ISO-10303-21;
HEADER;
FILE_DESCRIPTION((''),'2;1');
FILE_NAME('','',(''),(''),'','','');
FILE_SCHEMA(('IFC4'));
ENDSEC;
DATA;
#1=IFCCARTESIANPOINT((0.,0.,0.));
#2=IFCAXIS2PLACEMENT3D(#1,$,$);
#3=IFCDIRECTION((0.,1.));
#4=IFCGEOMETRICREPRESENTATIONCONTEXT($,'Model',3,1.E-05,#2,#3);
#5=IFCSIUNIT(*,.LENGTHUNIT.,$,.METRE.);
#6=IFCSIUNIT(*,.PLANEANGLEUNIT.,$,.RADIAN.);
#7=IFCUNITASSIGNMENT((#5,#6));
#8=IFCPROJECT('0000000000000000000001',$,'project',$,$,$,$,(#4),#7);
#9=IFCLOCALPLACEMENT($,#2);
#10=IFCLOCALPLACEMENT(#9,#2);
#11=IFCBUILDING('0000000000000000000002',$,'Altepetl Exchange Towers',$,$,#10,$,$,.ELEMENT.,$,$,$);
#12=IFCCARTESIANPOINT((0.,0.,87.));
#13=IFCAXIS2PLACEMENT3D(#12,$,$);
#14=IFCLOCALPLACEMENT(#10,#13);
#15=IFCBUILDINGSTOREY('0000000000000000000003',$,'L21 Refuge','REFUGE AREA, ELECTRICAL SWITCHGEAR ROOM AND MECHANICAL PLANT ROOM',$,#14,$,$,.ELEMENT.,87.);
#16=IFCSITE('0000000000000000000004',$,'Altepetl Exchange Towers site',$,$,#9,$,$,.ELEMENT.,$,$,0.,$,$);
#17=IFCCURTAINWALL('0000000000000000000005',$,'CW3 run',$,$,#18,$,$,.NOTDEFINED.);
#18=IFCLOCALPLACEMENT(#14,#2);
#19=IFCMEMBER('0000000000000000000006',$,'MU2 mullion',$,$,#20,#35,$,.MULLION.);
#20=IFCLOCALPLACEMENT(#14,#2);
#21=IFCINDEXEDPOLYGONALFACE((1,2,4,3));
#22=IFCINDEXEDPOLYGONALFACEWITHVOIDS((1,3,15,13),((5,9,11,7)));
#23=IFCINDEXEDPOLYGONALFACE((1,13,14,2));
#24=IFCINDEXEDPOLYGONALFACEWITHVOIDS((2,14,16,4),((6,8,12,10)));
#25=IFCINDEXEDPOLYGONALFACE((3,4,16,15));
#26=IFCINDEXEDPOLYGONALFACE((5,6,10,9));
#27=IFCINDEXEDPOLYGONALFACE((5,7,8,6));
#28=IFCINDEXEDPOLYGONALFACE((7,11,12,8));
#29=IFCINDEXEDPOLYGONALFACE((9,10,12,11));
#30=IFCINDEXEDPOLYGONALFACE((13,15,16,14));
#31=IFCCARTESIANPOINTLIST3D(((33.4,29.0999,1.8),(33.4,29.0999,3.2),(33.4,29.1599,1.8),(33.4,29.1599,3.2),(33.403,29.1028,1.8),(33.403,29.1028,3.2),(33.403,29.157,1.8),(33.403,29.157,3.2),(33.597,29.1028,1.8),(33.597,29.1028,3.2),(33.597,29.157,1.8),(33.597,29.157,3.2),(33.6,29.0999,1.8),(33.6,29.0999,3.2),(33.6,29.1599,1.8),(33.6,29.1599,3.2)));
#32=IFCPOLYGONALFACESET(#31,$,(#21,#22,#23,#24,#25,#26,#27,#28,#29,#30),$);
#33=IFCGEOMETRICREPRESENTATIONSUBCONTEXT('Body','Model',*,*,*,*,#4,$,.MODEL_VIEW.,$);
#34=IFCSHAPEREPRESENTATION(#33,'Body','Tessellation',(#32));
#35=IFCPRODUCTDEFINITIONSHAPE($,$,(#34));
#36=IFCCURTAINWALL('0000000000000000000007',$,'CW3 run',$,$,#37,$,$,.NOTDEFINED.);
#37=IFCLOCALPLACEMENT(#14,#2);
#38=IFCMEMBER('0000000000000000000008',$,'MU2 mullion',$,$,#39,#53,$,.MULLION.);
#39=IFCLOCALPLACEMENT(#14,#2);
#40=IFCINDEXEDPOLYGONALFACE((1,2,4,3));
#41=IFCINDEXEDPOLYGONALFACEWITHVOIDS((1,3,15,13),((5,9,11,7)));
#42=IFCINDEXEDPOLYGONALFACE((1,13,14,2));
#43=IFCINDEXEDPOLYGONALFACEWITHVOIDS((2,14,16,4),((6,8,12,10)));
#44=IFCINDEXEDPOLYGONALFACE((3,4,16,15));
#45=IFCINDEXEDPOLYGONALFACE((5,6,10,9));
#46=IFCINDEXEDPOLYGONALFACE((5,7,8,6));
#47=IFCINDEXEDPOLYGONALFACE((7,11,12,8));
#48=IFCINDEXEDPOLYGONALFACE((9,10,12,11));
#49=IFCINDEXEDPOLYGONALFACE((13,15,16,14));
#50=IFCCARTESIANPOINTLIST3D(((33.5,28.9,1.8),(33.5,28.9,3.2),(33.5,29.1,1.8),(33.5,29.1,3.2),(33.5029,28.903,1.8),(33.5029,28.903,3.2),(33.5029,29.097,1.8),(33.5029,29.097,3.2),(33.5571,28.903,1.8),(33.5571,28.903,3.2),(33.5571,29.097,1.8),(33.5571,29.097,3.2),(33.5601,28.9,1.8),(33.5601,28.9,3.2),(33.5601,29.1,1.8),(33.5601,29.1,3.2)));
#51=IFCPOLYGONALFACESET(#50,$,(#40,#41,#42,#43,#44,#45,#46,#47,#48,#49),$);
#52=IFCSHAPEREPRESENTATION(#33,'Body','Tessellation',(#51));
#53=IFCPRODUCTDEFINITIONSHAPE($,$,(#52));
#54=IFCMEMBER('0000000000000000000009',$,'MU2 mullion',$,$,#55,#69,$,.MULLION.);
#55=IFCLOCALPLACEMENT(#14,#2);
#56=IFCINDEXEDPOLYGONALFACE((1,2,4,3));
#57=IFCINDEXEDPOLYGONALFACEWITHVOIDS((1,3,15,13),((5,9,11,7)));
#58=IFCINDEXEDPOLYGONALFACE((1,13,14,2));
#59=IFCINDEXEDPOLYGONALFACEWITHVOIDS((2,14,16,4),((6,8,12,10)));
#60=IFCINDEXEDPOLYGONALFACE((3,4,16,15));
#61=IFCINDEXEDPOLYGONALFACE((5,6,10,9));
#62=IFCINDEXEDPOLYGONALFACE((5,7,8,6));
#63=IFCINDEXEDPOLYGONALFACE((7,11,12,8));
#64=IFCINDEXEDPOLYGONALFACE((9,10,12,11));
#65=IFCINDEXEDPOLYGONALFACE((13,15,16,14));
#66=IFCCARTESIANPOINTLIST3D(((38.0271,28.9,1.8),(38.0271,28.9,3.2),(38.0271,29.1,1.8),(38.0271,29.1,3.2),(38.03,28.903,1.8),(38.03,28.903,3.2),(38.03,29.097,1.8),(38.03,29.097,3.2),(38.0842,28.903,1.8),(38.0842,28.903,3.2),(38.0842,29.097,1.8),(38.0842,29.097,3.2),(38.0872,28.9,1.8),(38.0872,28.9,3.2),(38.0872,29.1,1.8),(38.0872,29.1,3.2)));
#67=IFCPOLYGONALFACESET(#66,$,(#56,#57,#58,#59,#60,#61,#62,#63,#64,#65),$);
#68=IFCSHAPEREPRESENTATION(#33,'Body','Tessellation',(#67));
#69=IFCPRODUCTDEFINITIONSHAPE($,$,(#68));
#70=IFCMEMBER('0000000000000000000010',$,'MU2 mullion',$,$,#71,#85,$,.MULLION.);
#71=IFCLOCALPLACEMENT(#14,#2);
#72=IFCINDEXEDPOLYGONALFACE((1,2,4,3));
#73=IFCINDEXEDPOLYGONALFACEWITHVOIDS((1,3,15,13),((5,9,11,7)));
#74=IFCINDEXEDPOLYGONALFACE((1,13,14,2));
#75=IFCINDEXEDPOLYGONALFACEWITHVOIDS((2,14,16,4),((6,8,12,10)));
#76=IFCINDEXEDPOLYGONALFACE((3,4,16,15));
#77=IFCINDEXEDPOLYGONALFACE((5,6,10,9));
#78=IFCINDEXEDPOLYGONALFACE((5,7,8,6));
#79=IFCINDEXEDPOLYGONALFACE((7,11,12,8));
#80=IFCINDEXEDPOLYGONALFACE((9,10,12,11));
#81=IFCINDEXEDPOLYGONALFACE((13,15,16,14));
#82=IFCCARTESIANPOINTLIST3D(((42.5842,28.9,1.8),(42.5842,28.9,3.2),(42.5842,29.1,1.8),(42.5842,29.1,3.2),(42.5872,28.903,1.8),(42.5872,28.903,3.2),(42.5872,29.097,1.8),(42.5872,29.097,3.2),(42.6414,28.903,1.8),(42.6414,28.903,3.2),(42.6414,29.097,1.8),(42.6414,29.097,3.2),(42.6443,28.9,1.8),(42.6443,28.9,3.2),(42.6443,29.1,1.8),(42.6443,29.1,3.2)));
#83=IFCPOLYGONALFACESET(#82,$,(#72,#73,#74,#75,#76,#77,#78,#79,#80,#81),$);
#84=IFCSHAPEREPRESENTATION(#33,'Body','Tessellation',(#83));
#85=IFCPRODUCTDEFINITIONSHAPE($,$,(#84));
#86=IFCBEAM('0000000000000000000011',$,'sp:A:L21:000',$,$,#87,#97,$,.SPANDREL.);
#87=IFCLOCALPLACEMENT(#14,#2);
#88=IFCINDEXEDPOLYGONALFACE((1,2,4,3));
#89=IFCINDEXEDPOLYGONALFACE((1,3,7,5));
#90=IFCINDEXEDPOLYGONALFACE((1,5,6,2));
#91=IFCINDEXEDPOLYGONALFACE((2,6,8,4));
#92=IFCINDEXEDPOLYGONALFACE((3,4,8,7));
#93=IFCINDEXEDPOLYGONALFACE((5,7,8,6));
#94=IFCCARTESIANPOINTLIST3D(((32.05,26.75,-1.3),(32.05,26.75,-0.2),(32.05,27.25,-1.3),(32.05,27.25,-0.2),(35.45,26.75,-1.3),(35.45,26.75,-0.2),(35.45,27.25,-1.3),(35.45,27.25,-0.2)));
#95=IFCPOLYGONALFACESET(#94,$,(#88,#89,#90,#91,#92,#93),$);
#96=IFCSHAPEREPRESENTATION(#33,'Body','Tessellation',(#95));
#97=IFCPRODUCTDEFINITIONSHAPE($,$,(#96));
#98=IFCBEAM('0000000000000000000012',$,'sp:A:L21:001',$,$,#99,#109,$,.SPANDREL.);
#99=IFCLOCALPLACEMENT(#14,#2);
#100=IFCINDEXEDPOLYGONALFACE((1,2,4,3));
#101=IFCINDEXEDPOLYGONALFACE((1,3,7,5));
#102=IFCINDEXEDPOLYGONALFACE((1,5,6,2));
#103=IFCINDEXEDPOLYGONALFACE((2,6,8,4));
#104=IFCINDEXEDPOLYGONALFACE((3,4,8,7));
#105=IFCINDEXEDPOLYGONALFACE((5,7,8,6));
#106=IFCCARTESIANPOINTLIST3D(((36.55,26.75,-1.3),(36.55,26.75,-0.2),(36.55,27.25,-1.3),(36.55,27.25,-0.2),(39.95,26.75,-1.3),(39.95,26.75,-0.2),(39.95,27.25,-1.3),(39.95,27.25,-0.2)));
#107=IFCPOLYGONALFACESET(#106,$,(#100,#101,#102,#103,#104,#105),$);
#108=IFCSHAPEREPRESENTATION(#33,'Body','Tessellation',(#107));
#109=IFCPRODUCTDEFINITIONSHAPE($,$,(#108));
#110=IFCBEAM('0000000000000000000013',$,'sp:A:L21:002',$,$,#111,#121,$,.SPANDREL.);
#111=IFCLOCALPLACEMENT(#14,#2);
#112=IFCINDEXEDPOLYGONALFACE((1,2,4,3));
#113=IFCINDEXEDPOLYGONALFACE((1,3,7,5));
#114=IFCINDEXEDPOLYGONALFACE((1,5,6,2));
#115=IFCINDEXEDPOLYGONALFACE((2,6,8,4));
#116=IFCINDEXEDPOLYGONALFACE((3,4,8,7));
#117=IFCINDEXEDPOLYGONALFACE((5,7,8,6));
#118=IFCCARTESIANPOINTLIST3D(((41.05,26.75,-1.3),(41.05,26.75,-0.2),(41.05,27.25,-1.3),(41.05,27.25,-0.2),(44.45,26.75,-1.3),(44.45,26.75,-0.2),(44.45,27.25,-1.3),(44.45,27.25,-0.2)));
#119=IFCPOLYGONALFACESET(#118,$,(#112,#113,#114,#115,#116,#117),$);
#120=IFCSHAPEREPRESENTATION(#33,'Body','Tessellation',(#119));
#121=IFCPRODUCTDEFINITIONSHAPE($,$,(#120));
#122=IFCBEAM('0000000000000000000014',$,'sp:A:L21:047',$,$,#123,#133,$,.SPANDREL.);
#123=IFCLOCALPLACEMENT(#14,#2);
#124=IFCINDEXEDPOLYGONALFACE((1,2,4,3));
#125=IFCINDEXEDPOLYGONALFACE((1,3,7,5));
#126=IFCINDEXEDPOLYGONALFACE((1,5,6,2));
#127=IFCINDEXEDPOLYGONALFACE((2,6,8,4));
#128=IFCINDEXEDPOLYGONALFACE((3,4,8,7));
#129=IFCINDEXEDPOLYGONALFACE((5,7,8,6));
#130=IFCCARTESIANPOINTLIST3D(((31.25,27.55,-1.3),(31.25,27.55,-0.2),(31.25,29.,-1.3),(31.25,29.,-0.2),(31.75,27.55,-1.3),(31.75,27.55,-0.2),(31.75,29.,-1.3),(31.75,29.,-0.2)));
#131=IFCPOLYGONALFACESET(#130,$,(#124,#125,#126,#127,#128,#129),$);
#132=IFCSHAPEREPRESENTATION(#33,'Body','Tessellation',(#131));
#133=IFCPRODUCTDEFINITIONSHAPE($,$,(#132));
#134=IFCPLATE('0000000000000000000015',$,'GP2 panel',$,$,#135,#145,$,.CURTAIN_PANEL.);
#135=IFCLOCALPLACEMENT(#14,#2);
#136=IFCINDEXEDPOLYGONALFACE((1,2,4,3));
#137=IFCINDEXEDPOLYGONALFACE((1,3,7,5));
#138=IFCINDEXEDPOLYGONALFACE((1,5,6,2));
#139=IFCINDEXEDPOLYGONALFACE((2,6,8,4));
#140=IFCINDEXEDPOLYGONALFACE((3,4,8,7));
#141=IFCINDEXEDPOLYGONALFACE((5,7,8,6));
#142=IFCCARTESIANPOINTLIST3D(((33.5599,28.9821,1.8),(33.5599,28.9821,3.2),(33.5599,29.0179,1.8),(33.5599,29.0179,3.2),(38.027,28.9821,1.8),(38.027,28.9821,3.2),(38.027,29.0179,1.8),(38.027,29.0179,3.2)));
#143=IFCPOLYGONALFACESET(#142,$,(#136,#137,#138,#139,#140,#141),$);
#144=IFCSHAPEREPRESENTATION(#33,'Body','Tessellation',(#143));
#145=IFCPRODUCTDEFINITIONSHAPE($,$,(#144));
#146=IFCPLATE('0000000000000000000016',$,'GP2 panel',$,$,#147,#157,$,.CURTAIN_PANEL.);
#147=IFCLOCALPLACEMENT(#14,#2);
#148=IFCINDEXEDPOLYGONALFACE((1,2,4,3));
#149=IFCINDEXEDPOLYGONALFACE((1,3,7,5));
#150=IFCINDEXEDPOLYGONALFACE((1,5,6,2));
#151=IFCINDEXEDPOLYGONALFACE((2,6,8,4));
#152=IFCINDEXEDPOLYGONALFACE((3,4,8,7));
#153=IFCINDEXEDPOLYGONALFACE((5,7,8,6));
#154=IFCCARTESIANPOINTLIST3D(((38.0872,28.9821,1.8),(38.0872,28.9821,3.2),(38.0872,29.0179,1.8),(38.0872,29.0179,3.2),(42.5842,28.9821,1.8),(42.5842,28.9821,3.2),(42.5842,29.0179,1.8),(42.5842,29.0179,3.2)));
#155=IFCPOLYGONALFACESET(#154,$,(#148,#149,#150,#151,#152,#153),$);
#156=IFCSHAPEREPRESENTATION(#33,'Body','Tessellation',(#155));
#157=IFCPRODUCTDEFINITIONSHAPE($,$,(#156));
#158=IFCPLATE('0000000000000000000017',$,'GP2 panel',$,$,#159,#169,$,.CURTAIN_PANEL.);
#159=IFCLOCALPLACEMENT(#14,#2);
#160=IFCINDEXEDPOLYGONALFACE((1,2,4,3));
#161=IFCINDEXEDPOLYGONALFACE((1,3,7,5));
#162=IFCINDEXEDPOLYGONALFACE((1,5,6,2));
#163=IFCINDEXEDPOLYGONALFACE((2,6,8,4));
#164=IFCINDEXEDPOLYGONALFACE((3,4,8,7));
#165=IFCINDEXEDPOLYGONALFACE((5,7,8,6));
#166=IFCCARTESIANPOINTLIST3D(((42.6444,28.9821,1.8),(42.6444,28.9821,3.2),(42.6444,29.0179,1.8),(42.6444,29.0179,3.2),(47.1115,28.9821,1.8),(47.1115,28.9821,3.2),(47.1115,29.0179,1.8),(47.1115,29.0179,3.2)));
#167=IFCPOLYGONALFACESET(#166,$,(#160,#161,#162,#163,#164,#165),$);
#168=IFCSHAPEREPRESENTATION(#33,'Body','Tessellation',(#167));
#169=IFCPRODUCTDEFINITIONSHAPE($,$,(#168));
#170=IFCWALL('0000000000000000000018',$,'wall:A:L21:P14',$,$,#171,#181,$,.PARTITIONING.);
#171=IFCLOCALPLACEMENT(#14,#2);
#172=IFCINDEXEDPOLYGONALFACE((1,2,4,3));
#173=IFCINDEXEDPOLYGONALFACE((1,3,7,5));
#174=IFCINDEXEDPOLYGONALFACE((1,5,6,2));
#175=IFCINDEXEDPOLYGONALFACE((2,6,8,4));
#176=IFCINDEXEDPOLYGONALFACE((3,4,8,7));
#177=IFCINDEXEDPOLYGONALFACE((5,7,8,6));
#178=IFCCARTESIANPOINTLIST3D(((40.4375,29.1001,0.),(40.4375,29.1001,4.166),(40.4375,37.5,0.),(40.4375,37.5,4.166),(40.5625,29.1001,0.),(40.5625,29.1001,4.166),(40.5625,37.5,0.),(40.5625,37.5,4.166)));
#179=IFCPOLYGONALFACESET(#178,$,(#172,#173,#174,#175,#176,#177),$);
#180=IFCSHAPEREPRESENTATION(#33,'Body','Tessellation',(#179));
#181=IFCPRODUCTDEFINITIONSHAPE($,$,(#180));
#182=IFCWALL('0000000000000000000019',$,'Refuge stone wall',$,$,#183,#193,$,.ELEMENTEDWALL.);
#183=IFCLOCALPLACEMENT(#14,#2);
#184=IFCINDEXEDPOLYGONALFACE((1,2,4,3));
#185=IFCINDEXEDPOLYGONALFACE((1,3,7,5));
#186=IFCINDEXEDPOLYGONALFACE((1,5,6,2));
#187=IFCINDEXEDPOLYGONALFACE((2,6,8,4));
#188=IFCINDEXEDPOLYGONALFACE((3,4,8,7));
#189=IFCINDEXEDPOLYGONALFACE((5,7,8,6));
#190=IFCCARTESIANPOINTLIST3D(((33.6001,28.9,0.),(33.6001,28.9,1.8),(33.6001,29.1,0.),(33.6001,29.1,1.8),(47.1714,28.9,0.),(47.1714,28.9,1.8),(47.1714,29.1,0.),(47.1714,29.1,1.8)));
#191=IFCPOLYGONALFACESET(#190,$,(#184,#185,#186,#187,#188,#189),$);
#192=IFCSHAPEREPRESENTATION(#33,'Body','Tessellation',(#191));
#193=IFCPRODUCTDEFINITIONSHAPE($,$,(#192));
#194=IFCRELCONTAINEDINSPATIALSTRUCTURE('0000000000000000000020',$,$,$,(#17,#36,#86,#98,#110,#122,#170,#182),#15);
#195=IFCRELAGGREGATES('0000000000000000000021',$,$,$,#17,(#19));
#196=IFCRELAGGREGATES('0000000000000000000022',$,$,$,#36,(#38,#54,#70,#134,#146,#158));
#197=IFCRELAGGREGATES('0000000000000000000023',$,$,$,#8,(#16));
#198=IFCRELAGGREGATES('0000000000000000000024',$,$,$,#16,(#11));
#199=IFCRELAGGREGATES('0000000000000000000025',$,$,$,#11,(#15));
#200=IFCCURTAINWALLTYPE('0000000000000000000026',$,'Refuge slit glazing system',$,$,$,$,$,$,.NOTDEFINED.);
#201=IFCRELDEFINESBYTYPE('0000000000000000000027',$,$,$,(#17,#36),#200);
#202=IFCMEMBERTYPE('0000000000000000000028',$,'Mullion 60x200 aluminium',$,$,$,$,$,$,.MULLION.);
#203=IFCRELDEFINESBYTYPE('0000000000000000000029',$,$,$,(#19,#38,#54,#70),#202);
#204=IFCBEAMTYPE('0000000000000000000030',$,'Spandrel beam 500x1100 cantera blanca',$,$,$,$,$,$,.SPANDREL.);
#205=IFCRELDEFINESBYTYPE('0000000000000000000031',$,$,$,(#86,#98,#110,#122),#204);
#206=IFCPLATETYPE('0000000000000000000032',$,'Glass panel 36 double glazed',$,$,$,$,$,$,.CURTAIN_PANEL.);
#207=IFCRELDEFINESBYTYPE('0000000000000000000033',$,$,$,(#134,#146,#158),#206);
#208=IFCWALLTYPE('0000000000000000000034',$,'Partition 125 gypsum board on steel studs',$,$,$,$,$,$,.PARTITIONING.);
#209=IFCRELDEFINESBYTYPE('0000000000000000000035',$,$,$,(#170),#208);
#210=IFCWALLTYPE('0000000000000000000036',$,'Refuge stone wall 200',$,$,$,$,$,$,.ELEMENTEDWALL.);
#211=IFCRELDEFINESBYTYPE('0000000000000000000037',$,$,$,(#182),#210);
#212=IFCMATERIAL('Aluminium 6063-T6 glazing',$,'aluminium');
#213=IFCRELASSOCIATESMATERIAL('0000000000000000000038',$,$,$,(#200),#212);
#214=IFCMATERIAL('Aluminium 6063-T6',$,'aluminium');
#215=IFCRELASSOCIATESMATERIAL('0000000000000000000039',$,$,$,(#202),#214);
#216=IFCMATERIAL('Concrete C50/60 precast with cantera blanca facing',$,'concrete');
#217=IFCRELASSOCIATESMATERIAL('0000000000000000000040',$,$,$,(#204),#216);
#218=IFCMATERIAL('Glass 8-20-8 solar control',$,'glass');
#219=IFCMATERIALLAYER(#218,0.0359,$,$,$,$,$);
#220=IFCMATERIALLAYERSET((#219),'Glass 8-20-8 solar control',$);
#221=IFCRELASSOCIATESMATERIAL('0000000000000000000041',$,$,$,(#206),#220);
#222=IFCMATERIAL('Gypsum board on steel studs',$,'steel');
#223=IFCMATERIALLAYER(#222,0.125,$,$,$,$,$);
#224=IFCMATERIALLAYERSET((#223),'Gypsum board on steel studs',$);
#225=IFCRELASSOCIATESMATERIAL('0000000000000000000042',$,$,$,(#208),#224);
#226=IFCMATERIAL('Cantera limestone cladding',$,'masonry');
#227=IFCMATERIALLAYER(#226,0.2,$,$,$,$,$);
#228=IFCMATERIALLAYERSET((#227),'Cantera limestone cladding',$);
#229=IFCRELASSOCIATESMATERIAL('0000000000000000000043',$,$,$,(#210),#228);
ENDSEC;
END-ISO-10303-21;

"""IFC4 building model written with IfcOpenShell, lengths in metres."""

from ifc_helpers import new_model, si_unit, direction, frame, frame_2d, origin, origin_2d, place, context, subcontext, project, spatial, rectangle, hollow_rectangle, extrude, material, layer, layer_set, material_profile, profile_set, type_object, element, aggregate, save


model = new_model("IFC4")

# Units and contexts
model_context = context("Model", 3, precision=1e-05, world=origin(), true_north=direction((0.0, 1.0)))
body_context = subcontext(model_context, "Body", "Model", "MODEL_VIEW")
ifc_project = project(units=[si_unit("LENGTHUNIT", "METRE"), si_unit("PLANEANGLEUNIT", "RADIAN")], contexts=[model_context])

# Site, building, storey
site_placement = place(None, origin())
site = spatial("IfcSite", under=ifc_project, at=site_placement, Name="Altepetl Exchange Towers site", CompositionType="ELEMENT", RefElevation=0.0)
building_placement = place(site_placement, origin())
building = spatial("IfcBuilding", under=site, at=building_placement, Name="Altepetl Exchange Towers", CompositionType="ELEMENT")
storey_placement = place(building_placement, frame((0.0, 0.0, 87.0)))
storey = spatial("IfcBuildingStorey", under=building, at=storey_placement, Name="L21 Refuge", Description="REFUGE AREA, ELECTRICAL SWITCHGEAR ROOM AND MECHANICAL PLANT ROOM", CompositionType="ELEMENT", Elevation=87.0)

# Curtain wall, member
ifc_material_1 = material(Name="Aluminium 6063-T6 glazing", Category="aluminium")
curtain_wall_type = type_object("IfcCurtainWallType", Name="Refuge slit glazing system", PredefinedType="NOTDEFINED", material=ifc_material_1)
curtain_wall_1_placement = place(storey_placement, origin())
curtain_wall_1 = element("IfcCurtainWall", 1, at=curtain_wall_1_placement, inside=storey, type_object=curtain_wall_type, Name="CW3 run", PredefinedType="NOTDEFINED")
ifc_material_2 = material(Name="Aluminium 6063-T6", Category="aluminium")
ifc_material_profile_1 = material_profile(ifc_material_2, hollow_rectangle(XDim=0.0601, YDim=0.2, WallThickness=0.0029, at=origin_2d()), Name="Mullion 60x200 aluminium")
ifc_profile_set_1 = profile_set([ifc_material_profile_1], Name="Aluminium 6063-T6")
member_type_1 = type_object("IfcMemberType", Name="Mullion 60x200 aluminium", PredefinedType="MULLION", material=ifc_profile_set_1)
member_1_placement = place(storey_placement, frame((33.5, 29.1299, 1.8), z_axis=(0.0, 0.0, 1.0), x_axis=(0.0, -1.0, 0.0)))
member_1 = element("IfcMember", 2, at=member_1_placement, type_object=member_type_1, Name="MU2 mullion", PredefinedType="MULLION", context=body_context, shape_type="SweptSolid", body=[
    extrude(hollow_rectangle(XDim=0.0601, YDim=0.2, WallThickness=0.0029, at=origin_2d()), origin(), (0.0, 0.0, 1.0), 1.3999),
])
aggregate(curtain_wall_1, [member_1])

# Curtain wall, members
curtain_wall_2_placement = place(storey_placement, origin())
curtain_wall_2 = element("IfcCurtainWall", 3, at=curtain_wall_2_placement, inside=storey, type_object=curtain_wall_type, Name="CW3 run", PredefinedType="NOTDEFINED")
member_2_placement = place(storey_placement, frame((33.53, 29.0, 1.8)))
member_2 = element("IfcMember", 4, at=member_2_placement, type_object=member_type_1, Name="MU2 mullion", PredefinedType="MULLION", context=body_context, shape_type="SweptSolid", body=[
    extrude(hollow_rectangle(XDim=0.0601, YDim=0.2, WallThickness=0.0029, at=origin_2d()), origin(), (0.0, 0.0, 1.0), 1.3999),
])
member_3_placement = place(storey_placement, frame((38.0571, 29.0, 1.8)))
member_3 = element("IfcMember", 5, at=member_3_placement, type_object=member_type_1, Name="MU2 mullion", PredefinedType="MULLION", context=body_context, shape_type="SweptSolid", body=[
    extrude(hollow_rectangle(XDim=0.0601, YDim=0.2, WallThickness=0.0029, at=origin_2d()), origin(), (0.0, 0.0, 1.0), 1.3999),
])
member_4_placement = place(storey_placement, frame((42.6143, 29.0, 1.8)))
member_4 = element("IfcMember", 6, at=member_4_placement, type_object=member_type_1, Name="MU2 mullion", PredefinedType="MULLION", context=body_context, shape_type="SweptSolid", body=[
    extrude(hollow_rectangle(XDim=0.0601, YDim=0.2, WallThickness=0.0029, at=origin_2d()), origin(), (0.0, 0.0, 1.0), 1.3999),
])

# Beams
ifc_material_3 = material(Name="Concrete C50/60 precast with cantera blanca facing", Category="concrete")
ifc_material_profile_2 = material_profile(ifc_material_3, rectangle(XDim=0.5, YDim=1.1001, at=origin_2d()), Name="500 x 1100")
ifc_profile_set_2 = profile_set([ifc_material_profile_2], Name="Concrete C50/60 precast with cantera blanca facing")
beam_type_1 = type_object("IfcBeamType", Name="Spandrel beam 500x1100 cantera blanca", PredefinedType="SPANDREL", material=ifc_profile_set_2)
for number, where, z_axis, x_axis, name in (
    (7, (32.05, 27.0, -0.75), (1.0, 0.0, 0.0), (0.0, 1.0, 0.0), "sp:A:L21:000"),
    (8, (36.55, 27.0, -0.75), (1.0, 0.0, 0.0), (0.0, 1.0, 0.0), "sp:A:L21:001"),
    (9, (41.05, 27.0, -0.75), (1.0, 0.0, 0.0), (0.0, 1.0, 0.0), "sp:A:L21:002"),
):
    element("IfcBeam", number, at=place(storey_placement, frame(where, z_axis=z_axis, x_axis=x_axis)), inside=storey, type_object=beam_type_1, Name=name, PredefinedType="SPANDREL", context=body_context, shape_type="SweptSolid", body=[
        extrude(rectangle(XDim=0.5, YDim=1.1001, at=origin_2d()), origin(), (0.0, 0.0, 1.0), 3.3999),
    ])
beam_1_placement = place(storey_placement, frame((31.5, 29.0, -0.75), z_axis=(0.0, -1.0, 0.0), x_axis=(1.0, 0.0, 0.0)))
element("IfcBeam", 10, at=beam_1_placement, inside=storey, type_object=beam_type_1, Name="sp:A:L21:047", PredefinedType="SPANDREL", context=body_context, shape_type="SweptSolid", body=[
    extrude(rectangle(XDim=0.5, YDim=1.1001, at=origin_2d()), origin(), (0.0, 0.0, 1.0), 1.45),
])

# Plates
ifc_material_4 = material(Name="Glass 8-20-8 solar control", Category="glass")
ifc_layer_1 = layer(ifc_material_4, 0.0359)
ifc_layer_set_1 = layer_set([ifc_layer_1], Name="Glass 8-20-8 solar control")
plate_type = type_object("IfcPlateType", Name="Glass panel 36 double glazed", PredefinedType="CURTAIN_PANEL", material=ifc_layer_set_1)
plate_1_placement = place(storey_placement, frame((35.7935, 29.0, 1.8)))
plate_1 = element("IfcPlate", 11, at=plate_1_placement, type_object=plate_type, Name="GP2 panel", PredefinedType="CURTAIN_PANEL", context=body_context, shape_type="SweptSolid", body=[
    extrude(rectangle(XDim=4.467, YDim=0.0359, at=origin_2d()), origin(), (0.0, 0.0, 1.0), 1.3999),
])
plate_2_placement = place(storey_placement, frame((40.3357, 29.0, 1.8)))
plate_2 = element("IfcPlate", 12, at=plate_2_placement, type_object=plate_type, Name="GP2 panel", PredefinedType="CURTAIN_PANEL", context=body_context, shape_type="SweptSolid", body=[
    extrude(rectangle(XDim=4.4971, YDim=0.0359, at=origin_2d()), origin(), (0.0, 0.0, 1.0), 1.3999),
])
plate_3_placement = place(storey_placement, frame((44.8779, 29.0, 1.8)))
plate_3 = element("IfcPlate", 13, at=plate_3_placement, type_object=plate_type, Name="GP2 panel", PredefinedType="CURTAIN_PANEL", context=body_context, shape_type="SweptSolid", body=[
    extrude(rectangle(XDim=4.467, YDim=0.0359, at=origin_2d()), origin(), (0.0, 0.0, 1.0), 1.3999),
])
aggregate(curtain_wall_2, [member_2, member_3, member_4, plate_1, plate_2, plate_3])

# Walls
ifc_material_5 = material(Name="Gypsum board on steel studs", Category="steel")
ifc_layer_2 = layer(ifc_material_5, 0.125)
ifc_layer_set_2 = layer_set([ifc_layer_2], Name="Gypsum board on steel studs")
wall_type_1 = type_object("IfcWallType", Name="Partition 125 gypsum board on steel studs", PredefinedType="PARTITIONING", material=ifc_layer_set_2)
wall_1_placement = place(storey_placement, frame((40.5, 29.1001, 0.0), z_axis=(0.0, 0.0, 1.0), x_axis=(0.0, 1.0, 0.0)))
element("IfcWall", 14, at=wall_1_placement, inside=storey, type_object=wall_type_1, Name="wall:A:L21:P14", PredefinedType="PARTITIONING", context=body_context, shape_type="SweptSolid", body=[
    extrude(rectangle(XDim=8.3999, YDim=0.125, at=frame_2d((4.2, 0.0))), origin(), (0.0, 0.0, 1.0), 4.166),
])
ifc_material_6 = material(Name="Cantera limestone cladding", Category="masonry")
ifc_layer_3 = layer(ifc_material_6, 0.2)
ifc_layer_set_3 = layer_set([ifc_layer_3], Name="Cantera limestone cladding")
wall_type_2 = type_object("IfcWallType", Name="Refuge stone wall 200", PredefinedType="ELEMENTEDWALL", material=ifc_layer_set_3)
wall_2_placement = place(storey_placement, frame((33.6001, 29.0, 0.0)))
element("IfcWall", 15, at=wall_2_placement, inside=storey, type_object=wall_type_2, Name="Refuge stone wall", PredefinedType="ELEMENTEDWALL", context=body_context, shape_type="SweptSolid", body=[
    extrude(rectangle(XDim=13.5713, YDim=0.2, at=frame_2d((6.7856, 0.0))), origin(), (0.0, 0.0, 1.0), 1.8),
])

save(model, "model.ifc")
